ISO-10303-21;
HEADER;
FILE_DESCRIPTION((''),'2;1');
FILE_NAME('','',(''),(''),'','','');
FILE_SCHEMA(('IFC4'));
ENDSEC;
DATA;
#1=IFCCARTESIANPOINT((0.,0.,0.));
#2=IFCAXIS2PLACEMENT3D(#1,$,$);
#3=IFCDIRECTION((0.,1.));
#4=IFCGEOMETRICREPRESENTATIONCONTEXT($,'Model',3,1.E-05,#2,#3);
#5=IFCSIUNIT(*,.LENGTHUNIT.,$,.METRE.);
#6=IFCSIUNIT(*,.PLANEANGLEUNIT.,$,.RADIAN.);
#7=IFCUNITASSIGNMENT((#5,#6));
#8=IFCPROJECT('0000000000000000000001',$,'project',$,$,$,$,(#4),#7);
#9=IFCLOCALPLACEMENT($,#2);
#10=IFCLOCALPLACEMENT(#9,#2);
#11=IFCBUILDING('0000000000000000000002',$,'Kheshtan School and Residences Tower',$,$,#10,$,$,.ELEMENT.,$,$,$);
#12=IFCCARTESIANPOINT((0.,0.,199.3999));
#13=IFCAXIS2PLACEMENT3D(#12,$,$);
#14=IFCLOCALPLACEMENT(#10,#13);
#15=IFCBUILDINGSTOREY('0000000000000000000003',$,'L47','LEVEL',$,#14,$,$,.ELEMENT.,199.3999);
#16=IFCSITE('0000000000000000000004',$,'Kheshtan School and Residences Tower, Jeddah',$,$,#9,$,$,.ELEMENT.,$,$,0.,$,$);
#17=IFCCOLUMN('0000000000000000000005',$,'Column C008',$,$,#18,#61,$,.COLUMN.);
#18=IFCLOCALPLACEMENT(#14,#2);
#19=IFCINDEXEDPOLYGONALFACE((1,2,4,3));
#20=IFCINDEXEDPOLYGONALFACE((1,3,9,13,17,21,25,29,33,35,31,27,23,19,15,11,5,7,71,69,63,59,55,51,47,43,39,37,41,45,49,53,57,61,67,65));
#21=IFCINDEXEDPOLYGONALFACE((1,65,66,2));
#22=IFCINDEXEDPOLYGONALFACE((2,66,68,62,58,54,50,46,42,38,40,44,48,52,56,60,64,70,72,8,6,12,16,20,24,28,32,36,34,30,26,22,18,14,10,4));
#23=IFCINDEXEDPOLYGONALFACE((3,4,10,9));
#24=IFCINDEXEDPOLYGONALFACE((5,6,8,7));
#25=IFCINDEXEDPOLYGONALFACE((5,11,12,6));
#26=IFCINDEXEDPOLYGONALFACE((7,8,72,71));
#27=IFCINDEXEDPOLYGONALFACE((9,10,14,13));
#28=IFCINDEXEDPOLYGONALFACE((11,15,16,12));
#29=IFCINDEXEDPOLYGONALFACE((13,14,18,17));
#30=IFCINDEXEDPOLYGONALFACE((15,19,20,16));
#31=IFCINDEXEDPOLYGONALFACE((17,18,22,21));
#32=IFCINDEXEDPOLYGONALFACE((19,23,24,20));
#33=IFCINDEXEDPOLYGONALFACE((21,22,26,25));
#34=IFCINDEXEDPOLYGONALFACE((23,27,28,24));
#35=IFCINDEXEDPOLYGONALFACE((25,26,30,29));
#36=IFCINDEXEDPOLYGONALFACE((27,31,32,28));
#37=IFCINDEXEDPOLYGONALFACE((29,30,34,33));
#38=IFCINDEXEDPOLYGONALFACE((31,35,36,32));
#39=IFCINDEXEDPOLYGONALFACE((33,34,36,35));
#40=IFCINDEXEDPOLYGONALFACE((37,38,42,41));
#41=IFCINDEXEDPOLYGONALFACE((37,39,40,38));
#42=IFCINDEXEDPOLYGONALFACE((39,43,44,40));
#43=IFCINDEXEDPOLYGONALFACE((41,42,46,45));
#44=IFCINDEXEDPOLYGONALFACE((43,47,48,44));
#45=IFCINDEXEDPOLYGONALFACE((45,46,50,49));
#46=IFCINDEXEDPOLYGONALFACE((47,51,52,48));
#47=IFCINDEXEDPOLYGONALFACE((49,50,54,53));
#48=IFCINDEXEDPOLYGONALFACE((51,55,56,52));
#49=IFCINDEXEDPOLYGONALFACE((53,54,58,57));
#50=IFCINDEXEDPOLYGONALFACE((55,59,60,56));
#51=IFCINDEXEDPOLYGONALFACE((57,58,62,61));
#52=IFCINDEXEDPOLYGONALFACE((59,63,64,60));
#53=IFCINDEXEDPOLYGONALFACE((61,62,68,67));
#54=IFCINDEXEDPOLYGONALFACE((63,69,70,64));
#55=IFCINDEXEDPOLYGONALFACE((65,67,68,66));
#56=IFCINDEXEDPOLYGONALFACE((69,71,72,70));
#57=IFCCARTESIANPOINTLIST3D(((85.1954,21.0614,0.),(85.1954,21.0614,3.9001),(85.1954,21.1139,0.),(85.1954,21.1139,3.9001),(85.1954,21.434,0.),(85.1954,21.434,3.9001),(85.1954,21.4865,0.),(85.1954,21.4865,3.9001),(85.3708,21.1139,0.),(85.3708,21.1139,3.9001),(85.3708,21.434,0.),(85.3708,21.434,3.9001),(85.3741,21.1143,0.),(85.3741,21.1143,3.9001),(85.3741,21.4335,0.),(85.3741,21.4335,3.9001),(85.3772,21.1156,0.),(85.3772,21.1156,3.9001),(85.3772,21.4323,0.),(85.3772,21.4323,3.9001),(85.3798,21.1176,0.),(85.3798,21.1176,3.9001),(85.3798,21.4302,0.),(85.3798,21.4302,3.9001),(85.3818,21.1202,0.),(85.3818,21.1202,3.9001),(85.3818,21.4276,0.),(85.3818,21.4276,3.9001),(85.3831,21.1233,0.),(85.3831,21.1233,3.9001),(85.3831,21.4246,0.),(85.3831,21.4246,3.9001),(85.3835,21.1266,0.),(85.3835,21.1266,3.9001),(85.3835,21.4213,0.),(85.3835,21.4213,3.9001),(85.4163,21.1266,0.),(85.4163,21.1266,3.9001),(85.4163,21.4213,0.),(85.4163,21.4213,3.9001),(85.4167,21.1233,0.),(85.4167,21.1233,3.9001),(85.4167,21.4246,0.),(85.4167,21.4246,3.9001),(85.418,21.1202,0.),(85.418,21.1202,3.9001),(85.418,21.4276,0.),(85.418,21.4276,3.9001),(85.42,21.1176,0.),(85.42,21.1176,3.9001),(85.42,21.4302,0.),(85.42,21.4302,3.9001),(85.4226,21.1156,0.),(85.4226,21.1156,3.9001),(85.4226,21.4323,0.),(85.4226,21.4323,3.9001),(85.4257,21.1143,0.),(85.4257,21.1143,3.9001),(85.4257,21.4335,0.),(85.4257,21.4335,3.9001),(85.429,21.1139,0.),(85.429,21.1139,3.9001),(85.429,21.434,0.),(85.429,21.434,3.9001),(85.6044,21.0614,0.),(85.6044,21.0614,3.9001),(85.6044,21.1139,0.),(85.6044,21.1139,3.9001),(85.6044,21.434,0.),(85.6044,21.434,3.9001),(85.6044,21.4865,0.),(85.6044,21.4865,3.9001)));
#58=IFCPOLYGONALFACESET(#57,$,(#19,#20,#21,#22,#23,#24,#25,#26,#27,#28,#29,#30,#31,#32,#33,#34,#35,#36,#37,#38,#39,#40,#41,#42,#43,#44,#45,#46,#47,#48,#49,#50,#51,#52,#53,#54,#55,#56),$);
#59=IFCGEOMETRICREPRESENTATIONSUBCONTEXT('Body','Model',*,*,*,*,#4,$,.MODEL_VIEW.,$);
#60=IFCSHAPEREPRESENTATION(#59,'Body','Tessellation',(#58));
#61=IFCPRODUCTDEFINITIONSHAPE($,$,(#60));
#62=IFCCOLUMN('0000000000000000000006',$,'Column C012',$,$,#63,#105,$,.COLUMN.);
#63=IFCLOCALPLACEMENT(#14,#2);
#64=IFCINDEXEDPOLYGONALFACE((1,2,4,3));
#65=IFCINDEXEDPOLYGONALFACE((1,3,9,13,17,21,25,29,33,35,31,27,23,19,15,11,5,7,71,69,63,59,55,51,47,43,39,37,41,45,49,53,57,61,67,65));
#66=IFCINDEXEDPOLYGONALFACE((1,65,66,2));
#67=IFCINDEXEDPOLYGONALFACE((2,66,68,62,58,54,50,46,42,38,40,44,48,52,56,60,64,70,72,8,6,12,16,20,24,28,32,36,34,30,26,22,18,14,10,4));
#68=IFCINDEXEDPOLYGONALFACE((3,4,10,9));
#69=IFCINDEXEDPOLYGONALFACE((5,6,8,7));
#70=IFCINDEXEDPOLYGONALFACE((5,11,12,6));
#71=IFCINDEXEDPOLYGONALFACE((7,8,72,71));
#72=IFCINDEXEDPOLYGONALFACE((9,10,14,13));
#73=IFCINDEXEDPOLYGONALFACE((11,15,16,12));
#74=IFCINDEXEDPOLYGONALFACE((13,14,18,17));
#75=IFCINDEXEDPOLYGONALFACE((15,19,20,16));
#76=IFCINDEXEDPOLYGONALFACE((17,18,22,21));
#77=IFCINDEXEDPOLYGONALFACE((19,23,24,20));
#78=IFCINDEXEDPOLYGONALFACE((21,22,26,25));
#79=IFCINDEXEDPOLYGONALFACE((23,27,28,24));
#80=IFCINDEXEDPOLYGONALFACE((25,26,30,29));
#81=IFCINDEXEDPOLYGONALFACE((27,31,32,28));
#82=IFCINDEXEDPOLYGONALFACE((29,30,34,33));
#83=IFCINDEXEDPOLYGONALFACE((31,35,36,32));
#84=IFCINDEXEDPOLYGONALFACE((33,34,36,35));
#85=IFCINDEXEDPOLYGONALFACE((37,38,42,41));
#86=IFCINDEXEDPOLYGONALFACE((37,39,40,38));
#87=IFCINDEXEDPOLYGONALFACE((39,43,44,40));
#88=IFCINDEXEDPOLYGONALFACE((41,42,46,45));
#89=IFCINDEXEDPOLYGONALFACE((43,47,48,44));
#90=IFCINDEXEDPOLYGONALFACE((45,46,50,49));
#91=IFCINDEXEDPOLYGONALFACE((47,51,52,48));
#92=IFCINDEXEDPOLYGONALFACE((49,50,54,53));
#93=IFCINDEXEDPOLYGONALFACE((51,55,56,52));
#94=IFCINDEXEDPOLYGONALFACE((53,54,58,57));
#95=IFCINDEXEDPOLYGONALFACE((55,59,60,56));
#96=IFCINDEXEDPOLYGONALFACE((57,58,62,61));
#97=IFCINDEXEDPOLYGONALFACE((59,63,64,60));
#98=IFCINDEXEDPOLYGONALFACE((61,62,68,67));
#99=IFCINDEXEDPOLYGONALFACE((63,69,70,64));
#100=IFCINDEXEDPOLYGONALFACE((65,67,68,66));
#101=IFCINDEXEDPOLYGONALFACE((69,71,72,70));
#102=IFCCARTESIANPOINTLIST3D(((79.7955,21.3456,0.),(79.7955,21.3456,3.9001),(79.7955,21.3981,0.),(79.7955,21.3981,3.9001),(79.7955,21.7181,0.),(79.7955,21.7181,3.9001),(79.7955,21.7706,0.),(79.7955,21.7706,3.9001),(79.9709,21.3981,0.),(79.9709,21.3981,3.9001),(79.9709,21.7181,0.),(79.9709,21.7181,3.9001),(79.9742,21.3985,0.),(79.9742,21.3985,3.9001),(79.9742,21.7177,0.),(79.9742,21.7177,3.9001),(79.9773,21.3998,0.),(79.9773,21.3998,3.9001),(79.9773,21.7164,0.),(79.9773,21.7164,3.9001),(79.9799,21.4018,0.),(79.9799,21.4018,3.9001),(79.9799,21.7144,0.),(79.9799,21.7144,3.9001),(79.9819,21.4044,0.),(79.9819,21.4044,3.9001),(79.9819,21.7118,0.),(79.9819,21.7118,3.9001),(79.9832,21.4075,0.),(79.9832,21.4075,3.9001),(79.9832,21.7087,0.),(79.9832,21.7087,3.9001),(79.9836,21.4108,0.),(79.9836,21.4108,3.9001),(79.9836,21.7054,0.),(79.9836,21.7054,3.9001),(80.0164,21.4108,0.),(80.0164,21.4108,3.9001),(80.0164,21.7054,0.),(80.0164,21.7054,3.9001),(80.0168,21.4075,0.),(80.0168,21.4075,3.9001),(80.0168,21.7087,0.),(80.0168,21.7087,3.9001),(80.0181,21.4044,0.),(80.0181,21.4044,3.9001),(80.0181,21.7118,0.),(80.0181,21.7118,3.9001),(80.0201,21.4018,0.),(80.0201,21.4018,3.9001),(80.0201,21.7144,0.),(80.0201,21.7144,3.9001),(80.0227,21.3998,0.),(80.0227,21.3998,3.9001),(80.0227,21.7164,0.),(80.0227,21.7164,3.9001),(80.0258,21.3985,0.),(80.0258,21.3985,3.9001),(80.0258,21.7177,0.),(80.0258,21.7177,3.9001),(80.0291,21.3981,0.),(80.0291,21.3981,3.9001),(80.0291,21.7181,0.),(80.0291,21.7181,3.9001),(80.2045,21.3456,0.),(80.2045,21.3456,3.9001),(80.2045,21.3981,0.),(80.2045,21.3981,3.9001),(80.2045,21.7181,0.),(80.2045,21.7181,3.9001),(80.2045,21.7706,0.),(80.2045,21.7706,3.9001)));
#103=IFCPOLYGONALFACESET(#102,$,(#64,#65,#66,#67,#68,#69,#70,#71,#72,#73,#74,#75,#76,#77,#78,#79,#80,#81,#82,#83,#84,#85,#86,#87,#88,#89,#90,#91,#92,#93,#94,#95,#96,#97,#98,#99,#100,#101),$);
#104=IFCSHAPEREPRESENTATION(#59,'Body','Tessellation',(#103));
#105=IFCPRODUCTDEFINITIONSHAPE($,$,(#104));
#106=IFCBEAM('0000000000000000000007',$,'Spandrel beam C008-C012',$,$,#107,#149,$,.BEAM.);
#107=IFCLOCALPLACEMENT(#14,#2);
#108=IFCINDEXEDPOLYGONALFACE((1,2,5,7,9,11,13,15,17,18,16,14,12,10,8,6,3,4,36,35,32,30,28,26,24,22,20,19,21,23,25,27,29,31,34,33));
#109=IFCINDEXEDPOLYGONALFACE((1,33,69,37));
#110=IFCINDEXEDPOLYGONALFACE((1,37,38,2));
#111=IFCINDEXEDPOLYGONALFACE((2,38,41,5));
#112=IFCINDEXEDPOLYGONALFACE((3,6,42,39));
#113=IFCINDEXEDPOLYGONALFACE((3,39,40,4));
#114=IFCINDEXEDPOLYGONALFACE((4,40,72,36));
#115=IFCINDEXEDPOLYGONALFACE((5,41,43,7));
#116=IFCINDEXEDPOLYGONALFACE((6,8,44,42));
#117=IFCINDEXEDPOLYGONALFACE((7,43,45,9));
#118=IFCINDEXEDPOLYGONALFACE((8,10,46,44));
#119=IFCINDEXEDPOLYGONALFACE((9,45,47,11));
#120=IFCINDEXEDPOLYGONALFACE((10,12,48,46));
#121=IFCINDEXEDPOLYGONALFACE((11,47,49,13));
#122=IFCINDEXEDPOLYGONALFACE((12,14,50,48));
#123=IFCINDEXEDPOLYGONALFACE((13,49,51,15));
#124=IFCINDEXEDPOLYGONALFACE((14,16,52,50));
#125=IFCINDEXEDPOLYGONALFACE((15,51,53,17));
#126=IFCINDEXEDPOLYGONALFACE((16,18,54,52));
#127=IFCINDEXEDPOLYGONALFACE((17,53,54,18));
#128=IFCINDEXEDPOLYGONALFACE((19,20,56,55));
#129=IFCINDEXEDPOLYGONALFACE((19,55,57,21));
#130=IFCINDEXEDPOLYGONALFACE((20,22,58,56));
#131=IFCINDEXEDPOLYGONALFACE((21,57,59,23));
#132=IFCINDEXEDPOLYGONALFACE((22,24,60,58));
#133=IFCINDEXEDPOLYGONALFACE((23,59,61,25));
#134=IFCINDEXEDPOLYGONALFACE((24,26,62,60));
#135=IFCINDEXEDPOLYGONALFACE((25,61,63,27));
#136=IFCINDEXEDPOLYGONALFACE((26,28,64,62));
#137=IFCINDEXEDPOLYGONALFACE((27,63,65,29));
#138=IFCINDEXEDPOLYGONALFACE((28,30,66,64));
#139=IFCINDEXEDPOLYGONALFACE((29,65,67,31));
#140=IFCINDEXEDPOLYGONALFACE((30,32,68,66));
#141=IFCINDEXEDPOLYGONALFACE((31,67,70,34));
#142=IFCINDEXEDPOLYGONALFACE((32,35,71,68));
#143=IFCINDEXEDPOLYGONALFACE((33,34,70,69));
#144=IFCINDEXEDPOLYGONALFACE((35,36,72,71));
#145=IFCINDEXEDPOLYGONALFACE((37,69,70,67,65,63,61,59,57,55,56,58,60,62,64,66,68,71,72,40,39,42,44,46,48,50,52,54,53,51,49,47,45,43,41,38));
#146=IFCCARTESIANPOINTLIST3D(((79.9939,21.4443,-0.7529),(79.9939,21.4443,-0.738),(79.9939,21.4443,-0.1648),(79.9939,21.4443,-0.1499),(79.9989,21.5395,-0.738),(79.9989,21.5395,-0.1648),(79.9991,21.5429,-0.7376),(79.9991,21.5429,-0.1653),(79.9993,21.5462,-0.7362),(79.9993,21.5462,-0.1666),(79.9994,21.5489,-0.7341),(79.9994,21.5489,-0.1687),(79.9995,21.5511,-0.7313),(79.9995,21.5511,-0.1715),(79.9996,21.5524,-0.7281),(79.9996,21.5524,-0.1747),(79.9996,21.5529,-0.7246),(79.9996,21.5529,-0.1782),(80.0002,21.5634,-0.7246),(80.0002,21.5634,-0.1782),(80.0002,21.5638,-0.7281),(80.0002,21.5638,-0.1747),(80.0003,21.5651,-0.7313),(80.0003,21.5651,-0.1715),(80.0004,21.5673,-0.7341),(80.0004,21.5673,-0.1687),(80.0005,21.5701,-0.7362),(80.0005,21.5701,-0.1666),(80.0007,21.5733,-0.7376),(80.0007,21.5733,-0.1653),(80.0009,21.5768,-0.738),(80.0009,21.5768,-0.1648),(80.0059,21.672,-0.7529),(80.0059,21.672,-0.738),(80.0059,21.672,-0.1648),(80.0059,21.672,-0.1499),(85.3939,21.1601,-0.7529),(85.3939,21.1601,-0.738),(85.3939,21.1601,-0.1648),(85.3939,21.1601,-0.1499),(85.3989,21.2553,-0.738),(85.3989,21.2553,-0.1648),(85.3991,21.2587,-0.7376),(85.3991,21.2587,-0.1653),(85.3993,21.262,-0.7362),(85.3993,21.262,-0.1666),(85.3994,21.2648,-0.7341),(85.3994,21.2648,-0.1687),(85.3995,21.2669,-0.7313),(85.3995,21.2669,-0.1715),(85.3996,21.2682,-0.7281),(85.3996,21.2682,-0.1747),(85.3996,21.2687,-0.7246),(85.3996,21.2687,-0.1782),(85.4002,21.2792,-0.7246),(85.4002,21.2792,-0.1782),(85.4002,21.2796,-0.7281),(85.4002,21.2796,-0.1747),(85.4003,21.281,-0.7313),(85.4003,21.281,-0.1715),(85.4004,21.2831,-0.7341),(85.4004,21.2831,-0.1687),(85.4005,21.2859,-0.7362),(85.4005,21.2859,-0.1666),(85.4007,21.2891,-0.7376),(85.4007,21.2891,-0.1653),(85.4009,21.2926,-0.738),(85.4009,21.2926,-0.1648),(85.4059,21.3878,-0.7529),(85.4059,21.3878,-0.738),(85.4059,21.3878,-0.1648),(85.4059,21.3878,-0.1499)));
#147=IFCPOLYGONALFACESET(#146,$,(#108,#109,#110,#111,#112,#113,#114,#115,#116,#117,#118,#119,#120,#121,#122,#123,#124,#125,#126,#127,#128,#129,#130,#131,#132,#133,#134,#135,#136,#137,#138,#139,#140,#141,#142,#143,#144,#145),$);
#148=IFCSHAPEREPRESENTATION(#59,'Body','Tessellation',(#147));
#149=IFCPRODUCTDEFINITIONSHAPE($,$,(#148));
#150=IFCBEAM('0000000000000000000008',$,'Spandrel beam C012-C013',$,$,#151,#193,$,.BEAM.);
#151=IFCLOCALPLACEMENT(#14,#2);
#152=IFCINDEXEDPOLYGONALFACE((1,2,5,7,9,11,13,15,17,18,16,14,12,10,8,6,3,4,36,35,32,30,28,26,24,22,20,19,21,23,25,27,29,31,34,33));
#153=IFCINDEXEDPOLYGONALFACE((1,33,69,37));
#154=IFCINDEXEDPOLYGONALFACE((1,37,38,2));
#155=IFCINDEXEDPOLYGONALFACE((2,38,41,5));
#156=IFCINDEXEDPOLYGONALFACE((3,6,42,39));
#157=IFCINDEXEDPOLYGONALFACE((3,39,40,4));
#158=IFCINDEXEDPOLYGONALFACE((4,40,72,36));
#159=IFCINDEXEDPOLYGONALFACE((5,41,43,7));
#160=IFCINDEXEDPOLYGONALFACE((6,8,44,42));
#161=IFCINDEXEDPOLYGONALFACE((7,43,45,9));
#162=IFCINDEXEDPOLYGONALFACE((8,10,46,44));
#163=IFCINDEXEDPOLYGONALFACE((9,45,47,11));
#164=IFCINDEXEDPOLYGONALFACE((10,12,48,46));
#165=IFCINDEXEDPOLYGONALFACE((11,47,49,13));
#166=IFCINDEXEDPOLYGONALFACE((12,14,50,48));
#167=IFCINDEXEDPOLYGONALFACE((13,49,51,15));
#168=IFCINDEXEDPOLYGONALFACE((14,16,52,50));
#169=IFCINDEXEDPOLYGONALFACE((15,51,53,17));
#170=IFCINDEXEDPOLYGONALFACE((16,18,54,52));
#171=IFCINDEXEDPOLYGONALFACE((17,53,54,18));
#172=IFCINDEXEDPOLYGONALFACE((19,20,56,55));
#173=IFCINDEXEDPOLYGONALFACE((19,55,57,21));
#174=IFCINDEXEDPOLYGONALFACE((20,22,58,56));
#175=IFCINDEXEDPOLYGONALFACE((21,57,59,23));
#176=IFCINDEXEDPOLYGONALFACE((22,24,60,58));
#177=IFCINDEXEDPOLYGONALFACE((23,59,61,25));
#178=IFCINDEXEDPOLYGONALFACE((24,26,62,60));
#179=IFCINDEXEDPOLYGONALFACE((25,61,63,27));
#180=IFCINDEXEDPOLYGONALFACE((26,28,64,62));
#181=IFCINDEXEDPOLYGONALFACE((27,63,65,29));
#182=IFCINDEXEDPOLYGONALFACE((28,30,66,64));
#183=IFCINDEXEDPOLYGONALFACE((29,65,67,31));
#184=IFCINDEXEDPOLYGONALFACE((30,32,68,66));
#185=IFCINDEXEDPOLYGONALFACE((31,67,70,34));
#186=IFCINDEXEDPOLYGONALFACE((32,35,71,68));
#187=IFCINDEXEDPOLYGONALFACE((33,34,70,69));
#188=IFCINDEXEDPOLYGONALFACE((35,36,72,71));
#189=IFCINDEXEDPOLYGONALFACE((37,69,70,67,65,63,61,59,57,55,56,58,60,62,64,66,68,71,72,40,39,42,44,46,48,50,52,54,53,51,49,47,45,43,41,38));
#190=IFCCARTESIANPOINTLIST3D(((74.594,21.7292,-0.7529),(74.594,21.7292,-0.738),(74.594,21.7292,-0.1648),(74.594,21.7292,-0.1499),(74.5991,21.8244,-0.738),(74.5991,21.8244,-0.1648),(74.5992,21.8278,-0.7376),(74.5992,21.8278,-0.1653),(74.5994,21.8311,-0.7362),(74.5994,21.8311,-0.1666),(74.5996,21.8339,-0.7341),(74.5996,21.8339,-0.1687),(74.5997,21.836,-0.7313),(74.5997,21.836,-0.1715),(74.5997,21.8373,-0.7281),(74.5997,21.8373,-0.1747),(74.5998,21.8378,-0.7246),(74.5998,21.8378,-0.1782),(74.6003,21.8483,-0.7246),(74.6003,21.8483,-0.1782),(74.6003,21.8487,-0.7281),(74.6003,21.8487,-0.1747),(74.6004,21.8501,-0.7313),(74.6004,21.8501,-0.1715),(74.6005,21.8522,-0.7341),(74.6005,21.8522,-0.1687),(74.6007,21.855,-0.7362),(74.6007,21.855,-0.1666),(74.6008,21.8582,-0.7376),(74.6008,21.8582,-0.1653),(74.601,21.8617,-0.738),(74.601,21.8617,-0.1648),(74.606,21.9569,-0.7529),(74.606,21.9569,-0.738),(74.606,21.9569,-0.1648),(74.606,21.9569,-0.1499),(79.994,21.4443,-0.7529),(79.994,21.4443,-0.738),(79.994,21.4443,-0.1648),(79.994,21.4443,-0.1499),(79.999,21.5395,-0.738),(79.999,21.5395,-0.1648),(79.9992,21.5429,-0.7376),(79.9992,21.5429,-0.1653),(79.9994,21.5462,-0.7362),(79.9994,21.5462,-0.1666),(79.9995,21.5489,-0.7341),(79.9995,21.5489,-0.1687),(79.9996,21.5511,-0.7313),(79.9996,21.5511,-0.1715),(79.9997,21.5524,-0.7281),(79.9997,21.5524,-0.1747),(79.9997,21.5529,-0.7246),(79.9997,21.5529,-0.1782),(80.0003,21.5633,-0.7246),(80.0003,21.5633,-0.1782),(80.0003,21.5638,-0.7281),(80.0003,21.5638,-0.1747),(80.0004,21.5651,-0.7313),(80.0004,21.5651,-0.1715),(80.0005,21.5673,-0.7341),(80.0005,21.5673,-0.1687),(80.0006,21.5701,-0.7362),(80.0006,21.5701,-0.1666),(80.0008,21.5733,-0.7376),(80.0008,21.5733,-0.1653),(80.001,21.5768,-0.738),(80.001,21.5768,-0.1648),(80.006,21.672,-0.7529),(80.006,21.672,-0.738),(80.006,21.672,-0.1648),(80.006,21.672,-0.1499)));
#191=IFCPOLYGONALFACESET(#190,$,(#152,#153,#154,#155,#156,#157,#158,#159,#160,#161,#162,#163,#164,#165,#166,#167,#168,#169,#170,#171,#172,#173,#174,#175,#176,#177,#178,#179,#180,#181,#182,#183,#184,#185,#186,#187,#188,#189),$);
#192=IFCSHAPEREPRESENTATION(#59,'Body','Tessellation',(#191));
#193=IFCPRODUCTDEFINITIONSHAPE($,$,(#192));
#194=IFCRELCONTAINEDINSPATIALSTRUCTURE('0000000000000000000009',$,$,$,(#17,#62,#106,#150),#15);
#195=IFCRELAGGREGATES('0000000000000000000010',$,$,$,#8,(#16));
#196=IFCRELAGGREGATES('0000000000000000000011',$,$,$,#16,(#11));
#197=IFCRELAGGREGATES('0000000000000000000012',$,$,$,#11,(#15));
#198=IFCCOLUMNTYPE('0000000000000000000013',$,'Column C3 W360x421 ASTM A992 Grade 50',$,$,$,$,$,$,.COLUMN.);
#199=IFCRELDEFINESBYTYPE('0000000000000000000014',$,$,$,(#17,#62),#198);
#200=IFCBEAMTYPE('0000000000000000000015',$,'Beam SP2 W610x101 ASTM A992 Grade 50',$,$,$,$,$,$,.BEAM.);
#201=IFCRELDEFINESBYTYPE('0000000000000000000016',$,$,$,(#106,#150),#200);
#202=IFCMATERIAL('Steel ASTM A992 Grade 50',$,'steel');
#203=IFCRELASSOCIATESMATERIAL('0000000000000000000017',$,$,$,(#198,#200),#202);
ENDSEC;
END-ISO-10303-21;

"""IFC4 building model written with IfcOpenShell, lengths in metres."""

from ifc_helpers import new_model, si_unit, direction, frame, origin, origin_2d, place, context, subcontext, project, spatial, i_section, extrude, material, material_profile, profile_set, type_object, element, save


model = new_model("IFC4")

# Units and contexts
model_context = context("Model", 3, precision=1e-05, world=origin(), true_north=direction((0.0, 1.0)))
body_context = subcontext(model_context, "Body", "Model", "MODEL_VIEW")
ifc_project = project(units=[si_unit("LENGTHUNIT", "METRE"), si_unit("PLANEANGLEUNIT", "RADIAN")], contexts=[model_context])

# Site, building, storey
site_placement = place(None, origin())
site = spatial("IfcSite", under=ifc_project, at=site_placement, Name="Kheshtan School and Residences Tower, Jeddah", CompositionType="ELEMENT", RefElevation=0.0)
building_placement = place(site_placement, origin())
building = spatial("IfcBuilding", under=site, at=building_placement, Name="Kheshtan School and Residences Tower", CompositionType="ELEMENT")
storey_placement = place(building_placement, frame((0.0, 0.0, 199.3999)))
storey = spatial("IfcBuildingStorey", under=building, at=storey_placement, Name="L47", Description="LEVEL", CompositionType="ELEMENT", Elevation=199.3999)

# Columns
ifc_material_1 = material(Name="Steel ASTM A992 Grade 50", Category="steel")
ifc_material_profile_1 = material_profile(ifc_material_1, i_section(OverallWidth=0.4089, OverallDepth=0.425, WebThickness=0.0327, FlangeThickness=0.0525, FilletRadius=0.0127, at=origin_2d()), Name="W360x421")
ifc_profile_set_1 = profile_set([ifc_material_profile_1], Name="Steel ASTM A992 Grade 50")
column_type = type_object("IfcColumnType", Name="Column C3 W360x421 ASTM A992 Grade 50", PredefinedType="COLUMN", material=ifc_profile_set_1)
for number, where, z_axis, x_axis, name in (
    (1, (85.3999, 21.2739, 0.0), (0.0, 0.0, 1.0), (1.0, 0.0, 0.0), "Column C008"),
    (2, (80.0, 21.5581, 0.0), (0.0, 0.0, 1.0), (1.0, 0.0, 0.0), "Column C012"),
):
    element("IfcColumn", number, at=place(storey_placement, frame(where, z_axis=z_axis, x_axis=x_axis)), inside=storey, type_object=column_type, Name=name, PredefinedType="COLUMN", context=body_context, shape_type="SweptSolid", body=[
        extrude(i_section(OverallWidth=0.4089, OverallDepth=0.425, WebThickness=0.0327, FlangeThickness=0.0525, FilletRadius=0.0127, at=origin_2d()), origin(), (0.0, 0.0, 1.0), 3.9001),
    ])

# Beams
ifc_material_profile_2 = material_profile(ifc_material_1, i_section(OverallWidth=0.228, OverallDepth=0.603, WebThickness=0.0105, FlangeThickness=0.0149, FilletRadius=0.0134, at=origin_2d()), Name="W610x101")
ifc_profile_set_2 = profile_set([ifc_material_profile_2], Name="Steel ASTM A992 Grade 50")
beam_type = type_object("IfcBeamType", Name="Beam SP2 W610x101 ASTM A992 Grade 50", PredefinedType="BEAM", material=ifc_profile_set_2)
for number, where, z_axis, x_axis, name in (
    (3, (85.3999, 21.2739, -0.4514), (-0.998618, 0.052554, 0.0), (-0.052554, -0.998618, 0.0), "Spandrel beam C008-C012"),
    (4, (80.0, 21.5581, -0.4514), (-0.998611, 0.052689, 0.0), (-0.052689, -0.998611, 0.0), "Spandrel beam C012-C013"),
):
    element("IfcBeam", number, at=place(storey_placement, frame(where, z_axis=z_axis, x_axis=x_axis)), inside=storey, type_object=beam_type, Name=name, PredefinedType="BEAM", context=body_context, shape_type="SweptSolid", body=[
        extrude(i_section(OverallWidth=0.228, OverallDepth=0.603, WebThickness=0.0105, FlangeThickness=0.0149, FilletRadius=0.0134, at=origin_2d()), origin(), (0.0, 0.0, 1.0), 5.4075),
    ])

save(model, "model.ifc")
